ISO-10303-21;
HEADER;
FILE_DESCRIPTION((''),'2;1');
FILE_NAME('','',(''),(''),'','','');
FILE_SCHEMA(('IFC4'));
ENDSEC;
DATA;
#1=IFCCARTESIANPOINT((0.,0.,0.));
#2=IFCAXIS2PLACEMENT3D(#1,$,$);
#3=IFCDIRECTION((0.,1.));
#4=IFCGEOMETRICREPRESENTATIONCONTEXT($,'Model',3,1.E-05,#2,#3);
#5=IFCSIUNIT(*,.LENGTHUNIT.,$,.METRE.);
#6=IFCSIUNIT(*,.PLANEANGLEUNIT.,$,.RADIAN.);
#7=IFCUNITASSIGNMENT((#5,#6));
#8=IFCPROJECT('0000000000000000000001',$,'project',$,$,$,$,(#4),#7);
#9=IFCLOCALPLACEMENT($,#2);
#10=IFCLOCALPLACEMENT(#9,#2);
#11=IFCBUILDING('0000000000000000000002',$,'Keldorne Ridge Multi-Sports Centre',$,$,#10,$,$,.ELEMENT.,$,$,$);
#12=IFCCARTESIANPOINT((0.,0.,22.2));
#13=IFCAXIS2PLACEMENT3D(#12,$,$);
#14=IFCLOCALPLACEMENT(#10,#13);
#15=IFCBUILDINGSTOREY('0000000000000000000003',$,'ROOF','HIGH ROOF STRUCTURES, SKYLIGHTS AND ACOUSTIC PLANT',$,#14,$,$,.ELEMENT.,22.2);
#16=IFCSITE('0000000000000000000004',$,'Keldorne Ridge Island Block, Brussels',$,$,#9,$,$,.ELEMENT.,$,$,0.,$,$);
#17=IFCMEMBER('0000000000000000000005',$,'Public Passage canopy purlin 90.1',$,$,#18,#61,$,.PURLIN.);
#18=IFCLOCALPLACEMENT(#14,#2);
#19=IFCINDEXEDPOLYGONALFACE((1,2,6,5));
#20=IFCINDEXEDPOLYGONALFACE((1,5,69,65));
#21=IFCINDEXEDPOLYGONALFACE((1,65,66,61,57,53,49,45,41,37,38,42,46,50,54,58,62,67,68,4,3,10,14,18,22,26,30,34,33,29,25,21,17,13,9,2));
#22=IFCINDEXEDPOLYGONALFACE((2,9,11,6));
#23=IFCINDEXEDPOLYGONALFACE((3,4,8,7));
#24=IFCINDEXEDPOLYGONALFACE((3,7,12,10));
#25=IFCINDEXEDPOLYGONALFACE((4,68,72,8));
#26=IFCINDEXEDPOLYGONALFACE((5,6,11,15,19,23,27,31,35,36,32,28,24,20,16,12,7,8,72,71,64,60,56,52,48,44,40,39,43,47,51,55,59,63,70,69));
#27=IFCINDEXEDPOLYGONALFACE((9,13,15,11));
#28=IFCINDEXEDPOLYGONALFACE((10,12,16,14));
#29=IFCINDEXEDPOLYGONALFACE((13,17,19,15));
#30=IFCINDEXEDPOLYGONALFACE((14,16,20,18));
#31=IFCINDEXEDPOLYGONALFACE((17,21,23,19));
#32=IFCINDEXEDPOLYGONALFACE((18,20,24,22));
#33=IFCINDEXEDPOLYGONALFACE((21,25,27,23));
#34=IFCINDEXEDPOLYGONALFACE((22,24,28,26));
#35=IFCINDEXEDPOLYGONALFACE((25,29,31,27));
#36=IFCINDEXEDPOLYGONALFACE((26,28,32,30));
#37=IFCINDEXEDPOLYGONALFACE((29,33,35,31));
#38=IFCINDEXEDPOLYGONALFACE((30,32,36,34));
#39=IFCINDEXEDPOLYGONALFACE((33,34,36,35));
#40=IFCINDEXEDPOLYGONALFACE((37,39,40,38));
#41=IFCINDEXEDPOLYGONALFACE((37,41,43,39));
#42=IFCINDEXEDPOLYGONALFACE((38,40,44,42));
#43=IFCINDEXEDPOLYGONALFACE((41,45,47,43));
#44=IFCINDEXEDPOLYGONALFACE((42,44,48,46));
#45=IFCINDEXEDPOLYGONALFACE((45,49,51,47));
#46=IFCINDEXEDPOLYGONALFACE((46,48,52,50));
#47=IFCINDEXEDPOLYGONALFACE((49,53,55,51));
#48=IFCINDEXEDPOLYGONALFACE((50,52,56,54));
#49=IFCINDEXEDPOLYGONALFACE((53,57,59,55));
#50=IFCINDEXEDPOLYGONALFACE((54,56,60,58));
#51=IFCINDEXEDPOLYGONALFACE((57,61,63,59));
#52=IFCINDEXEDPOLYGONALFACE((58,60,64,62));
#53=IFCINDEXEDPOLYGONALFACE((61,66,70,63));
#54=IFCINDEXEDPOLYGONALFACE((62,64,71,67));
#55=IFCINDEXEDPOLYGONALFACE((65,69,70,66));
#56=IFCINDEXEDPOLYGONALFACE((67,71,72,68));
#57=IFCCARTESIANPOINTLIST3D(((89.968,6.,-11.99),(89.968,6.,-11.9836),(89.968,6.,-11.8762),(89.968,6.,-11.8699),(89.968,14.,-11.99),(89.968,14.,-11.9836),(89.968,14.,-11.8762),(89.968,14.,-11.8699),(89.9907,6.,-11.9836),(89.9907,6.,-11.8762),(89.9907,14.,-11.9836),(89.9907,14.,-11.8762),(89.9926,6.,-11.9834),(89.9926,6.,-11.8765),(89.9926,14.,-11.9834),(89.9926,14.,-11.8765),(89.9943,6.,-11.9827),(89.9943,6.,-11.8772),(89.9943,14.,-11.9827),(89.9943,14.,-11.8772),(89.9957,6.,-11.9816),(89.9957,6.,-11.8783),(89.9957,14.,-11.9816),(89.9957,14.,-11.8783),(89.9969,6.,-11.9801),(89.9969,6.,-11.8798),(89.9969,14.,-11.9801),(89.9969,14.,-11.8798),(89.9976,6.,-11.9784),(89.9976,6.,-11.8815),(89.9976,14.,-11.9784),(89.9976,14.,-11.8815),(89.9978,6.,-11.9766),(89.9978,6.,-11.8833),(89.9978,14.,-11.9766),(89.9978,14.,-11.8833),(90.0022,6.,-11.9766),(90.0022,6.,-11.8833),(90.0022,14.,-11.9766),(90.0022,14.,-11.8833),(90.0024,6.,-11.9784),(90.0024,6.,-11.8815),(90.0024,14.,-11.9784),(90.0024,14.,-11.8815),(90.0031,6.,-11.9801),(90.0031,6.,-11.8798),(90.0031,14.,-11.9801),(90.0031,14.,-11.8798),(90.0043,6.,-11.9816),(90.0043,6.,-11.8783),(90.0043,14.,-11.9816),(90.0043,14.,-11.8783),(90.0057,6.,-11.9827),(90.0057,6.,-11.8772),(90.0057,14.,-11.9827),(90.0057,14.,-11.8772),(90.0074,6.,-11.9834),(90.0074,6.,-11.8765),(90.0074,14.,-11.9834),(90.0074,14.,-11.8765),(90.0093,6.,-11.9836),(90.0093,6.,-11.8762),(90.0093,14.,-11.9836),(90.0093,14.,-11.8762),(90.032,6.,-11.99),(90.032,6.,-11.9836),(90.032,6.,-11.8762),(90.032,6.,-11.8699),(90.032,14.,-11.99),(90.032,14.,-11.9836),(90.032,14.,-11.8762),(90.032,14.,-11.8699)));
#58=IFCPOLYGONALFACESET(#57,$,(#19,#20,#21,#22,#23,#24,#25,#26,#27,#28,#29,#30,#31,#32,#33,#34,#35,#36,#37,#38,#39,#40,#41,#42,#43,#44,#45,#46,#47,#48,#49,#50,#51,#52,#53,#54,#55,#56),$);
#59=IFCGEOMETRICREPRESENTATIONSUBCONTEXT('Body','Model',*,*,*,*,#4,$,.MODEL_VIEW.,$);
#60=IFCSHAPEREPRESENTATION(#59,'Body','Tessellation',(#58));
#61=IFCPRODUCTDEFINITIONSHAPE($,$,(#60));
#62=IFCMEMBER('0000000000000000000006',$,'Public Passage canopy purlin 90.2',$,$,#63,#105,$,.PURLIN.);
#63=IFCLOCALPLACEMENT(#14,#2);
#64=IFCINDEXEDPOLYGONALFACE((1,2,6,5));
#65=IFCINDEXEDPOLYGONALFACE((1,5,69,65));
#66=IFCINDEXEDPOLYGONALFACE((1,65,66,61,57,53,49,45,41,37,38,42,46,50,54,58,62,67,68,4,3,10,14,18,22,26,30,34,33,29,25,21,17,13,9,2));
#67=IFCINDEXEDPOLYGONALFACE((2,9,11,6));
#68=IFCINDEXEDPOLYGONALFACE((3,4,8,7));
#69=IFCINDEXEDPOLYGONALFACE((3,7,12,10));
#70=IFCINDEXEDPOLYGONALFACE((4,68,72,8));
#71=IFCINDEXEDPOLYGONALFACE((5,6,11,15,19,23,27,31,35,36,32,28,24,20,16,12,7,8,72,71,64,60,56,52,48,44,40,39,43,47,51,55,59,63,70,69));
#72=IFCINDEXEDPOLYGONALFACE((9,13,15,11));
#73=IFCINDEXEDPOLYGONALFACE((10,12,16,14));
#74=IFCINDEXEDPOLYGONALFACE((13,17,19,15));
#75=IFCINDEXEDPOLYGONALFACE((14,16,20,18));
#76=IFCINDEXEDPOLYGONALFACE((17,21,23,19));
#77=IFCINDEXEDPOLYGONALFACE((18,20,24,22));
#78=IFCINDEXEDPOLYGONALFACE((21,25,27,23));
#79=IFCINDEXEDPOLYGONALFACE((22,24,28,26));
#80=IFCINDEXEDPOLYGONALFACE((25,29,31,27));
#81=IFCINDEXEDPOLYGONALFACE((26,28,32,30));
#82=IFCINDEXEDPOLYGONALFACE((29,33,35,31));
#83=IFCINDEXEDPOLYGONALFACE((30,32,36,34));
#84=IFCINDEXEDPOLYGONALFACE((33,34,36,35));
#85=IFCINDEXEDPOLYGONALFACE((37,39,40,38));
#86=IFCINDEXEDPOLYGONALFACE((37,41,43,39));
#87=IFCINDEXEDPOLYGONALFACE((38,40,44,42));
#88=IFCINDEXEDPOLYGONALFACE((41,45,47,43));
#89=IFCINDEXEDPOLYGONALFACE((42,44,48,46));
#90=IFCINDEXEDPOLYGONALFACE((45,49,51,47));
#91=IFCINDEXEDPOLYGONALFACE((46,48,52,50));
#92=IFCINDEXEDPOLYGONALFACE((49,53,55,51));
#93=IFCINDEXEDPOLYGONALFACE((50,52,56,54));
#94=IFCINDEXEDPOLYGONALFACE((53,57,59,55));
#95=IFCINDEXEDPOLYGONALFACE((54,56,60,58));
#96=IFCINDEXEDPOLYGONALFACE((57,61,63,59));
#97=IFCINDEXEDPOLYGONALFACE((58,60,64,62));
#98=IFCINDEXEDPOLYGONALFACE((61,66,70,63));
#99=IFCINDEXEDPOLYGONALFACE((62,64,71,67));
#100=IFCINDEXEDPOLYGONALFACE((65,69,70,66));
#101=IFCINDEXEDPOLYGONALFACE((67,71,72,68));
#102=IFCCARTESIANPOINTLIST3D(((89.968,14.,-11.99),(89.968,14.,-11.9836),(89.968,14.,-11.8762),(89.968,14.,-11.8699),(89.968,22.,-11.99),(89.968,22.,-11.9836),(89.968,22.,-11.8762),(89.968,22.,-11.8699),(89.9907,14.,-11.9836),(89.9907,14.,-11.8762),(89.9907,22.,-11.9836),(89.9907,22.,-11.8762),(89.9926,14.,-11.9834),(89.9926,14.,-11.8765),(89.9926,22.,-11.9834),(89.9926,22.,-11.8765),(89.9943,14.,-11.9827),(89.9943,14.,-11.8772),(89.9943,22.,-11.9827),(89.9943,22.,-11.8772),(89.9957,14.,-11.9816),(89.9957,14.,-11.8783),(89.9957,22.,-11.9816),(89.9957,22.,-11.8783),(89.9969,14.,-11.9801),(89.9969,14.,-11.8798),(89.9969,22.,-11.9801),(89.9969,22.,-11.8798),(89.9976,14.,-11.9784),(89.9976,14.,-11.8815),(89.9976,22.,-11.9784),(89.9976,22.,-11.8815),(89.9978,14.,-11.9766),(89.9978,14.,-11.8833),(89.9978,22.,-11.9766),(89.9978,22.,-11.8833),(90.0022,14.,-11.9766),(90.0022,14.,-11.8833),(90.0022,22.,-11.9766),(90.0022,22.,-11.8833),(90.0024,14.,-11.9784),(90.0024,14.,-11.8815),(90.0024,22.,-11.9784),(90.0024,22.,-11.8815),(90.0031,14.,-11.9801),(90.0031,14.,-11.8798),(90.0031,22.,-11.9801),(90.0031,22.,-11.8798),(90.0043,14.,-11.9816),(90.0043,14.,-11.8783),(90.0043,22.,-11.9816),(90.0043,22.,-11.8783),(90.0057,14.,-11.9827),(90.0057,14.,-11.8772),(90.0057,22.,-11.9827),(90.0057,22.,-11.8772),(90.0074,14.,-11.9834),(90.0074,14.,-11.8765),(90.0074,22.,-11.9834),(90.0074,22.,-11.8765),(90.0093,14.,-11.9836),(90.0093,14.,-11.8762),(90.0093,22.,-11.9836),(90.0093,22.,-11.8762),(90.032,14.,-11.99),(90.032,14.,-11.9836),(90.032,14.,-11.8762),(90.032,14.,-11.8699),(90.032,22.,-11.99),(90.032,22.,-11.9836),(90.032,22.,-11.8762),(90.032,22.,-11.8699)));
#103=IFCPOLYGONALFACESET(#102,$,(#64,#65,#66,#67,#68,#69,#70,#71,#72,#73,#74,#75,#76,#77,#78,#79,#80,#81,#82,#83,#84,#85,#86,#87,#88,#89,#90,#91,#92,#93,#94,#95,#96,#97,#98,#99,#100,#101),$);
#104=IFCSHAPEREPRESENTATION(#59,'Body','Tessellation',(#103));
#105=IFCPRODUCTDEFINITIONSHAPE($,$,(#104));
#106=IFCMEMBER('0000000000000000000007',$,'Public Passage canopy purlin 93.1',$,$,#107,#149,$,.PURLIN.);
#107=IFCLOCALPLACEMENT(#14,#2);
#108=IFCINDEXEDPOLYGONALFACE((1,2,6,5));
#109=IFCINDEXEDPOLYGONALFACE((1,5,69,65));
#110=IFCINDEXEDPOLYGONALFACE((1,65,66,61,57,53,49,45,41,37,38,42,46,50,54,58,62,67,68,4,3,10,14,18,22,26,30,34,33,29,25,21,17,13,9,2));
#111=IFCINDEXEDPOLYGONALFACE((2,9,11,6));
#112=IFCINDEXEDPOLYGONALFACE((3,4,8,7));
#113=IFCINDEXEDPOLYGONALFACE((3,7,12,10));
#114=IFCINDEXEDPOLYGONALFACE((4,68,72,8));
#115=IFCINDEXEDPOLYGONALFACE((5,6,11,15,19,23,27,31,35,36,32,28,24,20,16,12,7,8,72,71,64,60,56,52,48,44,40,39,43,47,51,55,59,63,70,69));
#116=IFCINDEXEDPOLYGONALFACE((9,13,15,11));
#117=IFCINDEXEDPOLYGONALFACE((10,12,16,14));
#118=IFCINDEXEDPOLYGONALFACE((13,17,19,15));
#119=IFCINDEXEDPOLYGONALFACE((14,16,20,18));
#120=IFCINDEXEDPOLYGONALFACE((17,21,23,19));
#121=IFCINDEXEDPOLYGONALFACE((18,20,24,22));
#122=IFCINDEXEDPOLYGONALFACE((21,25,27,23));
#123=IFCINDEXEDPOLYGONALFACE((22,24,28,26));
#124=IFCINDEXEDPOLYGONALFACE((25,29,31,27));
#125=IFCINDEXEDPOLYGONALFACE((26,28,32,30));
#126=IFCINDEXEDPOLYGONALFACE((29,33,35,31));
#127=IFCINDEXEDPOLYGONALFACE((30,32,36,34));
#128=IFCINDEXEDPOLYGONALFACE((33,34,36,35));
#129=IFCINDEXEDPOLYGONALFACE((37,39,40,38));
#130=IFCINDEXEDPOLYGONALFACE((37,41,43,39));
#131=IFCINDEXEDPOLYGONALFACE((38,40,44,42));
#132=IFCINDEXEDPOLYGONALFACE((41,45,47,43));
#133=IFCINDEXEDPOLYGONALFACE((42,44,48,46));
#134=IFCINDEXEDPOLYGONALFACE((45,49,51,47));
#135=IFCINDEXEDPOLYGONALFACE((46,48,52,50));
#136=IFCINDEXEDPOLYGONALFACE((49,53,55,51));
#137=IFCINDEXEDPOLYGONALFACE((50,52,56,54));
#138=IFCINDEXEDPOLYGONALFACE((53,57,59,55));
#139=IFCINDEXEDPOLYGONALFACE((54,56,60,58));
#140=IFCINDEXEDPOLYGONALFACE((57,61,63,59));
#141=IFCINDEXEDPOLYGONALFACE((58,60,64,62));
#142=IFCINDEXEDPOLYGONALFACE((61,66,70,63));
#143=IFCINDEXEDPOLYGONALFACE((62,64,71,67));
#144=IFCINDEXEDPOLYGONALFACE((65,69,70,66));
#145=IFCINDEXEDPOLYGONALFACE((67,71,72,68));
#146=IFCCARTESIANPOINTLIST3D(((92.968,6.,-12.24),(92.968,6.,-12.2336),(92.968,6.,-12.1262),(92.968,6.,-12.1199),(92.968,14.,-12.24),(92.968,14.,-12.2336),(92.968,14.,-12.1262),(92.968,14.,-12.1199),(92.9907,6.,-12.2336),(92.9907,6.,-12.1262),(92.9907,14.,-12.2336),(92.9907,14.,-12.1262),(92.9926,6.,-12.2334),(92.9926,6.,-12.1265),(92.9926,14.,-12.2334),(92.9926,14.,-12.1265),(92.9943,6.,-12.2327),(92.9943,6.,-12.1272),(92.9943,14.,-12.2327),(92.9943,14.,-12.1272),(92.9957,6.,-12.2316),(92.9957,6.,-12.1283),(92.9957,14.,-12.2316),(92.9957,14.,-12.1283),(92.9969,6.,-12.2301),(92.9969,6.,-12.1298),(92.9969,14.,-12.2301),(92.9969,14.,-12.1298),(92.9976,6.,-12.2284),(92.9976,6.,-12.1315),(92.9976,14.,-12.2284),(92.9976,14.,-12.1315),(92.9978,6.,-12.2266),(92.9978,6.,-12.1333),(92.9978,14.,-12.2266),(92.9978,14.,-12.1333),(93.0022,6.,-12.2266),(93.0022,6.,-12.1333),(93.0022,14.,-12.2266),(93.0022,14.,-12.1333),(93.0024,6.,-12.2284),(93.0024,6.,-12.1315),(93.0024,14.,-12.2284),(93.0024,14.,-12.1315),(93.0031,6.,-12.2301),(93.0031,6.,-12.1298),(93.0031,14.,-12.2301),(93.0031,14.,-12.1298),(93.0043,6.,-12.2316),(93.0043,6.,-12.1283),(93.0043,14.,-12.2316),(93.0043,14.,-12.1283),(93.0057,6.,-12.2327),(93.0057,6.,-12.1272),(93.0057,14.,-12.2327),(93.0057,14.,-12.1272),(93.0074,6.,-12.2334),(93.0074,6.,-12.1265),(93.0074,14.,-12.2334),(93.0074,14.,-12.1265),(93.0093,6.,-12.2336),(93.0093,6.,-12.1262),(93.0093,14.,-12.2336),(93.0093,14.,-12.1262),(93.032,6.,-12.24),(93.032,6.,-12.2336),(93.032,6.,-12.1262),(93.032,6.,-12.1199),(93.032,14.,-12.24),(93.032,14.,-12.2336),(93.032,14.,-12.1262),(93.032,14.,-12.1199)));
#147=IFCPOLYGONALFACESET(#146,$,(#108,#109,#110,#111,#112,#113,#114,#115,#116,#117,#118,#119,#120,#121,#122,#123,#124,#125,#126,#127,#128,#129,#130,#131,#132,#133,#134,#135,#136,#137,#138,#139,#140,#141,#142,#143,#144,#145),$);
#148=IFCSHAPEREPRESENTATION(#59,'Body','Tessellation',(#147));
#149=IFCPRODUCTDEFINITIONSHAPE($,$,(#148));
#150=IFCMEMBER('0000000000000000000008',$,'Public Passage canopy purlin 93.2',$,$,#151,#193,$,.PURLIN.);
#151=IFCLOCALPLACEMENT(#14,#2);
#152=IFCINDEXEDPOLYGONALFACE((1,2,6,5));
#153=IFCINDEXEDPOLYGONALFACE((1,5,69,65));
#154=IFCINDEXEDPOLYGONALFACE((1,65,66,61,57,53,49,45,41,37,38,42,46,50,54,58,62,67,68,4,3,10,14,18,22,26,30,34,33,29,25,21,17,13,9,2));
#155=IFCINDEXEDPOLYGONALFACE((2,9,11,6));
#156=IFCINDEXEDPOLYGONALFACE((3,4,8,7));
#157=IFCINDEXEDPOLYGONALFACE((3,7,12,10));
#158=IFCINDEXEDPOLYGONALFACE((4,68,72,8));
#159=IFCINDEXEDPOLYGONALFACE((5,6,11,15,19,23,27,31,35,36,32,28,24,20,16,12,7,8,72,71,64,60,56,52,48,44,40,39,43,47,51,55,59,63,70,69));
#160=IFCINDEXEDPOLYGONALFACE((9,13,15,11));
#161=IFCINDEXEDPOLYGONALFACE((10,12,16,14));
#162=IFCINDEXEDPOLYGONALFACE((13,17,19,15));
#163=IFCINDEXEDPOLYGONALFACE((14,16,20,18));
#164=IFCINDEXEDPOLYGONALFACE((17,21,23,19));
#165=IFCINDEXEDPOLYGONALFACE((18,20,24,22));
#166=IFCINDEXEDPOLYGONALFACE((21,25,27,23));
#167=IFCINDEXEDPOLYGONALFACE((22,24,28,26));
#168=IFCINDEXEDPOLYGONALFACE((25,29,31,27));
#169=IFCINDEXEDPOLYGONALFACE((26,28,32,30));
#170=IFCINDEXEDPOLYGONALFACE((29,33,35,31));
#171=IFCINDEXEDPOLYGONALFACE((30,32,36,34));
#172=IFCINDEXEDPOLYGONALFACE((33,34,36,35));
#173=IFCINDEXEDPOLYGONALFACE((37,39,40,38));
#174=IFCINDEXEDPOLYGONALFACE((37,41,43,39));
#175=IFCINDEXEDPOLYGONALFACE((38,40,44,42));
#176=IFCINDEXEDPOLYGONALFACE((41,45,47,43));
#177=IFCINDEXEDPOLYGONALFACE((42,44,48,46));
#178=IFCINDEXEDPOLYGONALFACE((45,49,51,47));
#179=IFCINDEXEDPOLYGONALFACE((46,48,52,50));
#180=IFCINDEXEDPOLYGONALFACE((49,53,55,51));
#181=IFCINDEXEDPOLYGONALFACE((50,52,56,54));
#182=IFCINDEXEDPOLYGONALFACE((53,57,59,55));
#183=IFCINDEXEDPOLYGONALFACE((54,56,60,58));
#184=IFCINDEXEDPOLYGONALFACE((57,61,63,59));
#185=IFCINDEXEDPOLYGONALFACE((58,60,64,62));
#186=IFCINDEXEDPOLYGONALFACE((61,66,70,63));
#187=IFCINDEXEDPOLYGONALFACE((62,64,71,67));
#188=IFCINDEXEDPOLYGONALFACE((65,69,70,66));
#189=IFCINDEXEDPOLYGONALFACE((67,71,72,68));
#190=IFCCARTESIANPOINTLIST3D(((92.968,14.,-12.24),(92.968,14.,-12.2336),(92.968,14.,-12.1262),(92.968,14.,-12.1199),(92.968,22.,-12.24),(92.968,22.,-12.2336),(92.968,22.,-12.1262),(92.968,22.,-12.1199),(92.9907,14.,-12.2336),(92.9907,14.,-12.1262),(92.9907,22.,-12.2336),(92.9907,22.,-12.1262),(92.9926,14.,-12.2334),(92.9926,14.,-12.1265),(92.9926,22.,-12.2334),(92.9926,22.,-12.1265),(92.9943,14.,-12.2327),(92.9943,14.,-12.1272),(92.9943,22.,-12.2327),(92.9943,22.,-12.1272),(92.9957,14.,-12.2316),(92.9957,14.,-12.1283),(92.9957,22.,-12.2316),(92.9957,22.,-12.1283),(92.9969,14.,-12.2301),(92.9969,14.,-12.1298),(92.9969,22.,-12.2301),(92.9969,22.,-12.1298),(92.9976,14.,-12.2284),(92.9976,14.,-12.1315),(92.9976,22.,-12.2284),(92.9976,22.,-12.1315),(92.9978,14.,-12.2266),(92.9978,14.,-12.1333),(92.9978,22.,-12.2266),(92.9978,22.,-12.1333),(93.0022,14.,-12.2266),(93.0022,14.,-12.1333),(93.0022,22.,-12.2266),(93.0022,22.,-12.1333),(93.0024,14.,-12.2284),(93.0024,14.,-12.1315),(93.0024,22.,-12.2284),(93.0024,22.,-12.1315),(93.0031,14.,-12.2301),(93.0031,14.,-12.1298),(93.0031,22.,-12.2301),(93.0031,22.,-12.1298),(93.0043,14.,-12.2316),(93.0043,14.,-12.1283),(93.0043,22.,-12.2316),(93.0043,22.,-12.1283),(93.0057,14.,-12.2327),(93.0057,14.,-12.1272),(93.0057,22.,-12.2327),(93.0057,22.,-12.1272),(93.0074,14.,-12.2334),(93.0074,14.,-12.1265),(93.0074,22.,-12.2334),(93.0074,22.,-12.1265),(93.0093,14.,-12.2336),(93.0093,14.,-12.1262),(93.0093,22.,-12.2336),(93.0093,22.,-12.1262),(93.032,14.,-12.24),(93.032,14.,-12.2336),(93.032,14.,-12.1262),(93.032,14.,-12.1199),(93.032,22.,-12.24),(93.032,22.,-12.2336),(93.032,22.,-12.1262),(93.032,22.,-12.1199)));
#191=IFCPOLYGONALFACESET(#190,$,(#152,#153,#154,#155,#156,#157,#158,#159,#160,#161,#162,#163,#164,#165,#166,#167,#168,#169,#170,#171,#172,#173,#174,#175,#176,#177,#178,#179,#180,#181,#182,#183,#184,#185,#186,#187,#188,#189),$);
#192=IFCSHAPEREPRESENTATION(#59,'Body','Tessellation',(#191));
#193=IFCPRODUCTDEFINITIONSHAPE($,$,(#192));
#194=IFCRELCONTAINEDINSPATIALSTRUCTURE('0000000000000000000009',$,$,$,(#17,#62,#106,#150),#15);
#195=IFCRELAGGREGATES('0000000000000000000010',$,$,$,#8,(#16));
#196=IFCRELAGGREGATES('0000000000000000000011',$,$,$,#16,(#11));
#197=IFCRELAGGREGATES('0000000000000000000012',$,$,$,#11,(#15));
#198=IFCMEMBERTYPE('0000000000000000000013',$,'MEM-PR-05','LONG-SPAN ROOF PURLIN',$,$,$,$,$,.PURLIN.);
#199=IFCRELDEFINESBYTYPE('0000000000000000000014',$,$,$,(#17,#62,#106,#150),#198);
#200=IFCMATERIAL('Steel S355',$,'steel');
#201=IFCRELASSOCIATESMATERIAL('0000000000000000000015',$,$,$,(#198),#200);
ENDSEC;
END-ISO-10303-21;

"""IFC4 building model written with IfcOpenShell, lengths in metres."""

from ifc_helpers import new_model, si_unit, direction, frame, origin, origin_2d, place, context, subcontext, project, spatial, i_section, extrude, material, material_profile, profile_set, type_object, element, save


model = new_model("IFC4")

# Units and contexts
model_context = context("Model", 3, precision=1e-05, world=origin(), true_north=direction((0.0, 1.0)))
body_context = subcontext(model_context, "Body", "Model", "MODEL_VIEW")
ifc_project = project(units=[si_unit("LENGTHUNIT", "METRE"), si_unit("PLANEANGLEUNIT", "RADIAN")], contexts=[model_context])

# Site, building, storey
site_placement = place(None, origin())
site = spatial("IfcSite", under=ifc_project, at=site_placement, Name="Keldorne Ridge Island Block, Brussels", CompositionType="ELEMENT", RefElevation=0.0)
building_placement = place(site_placement, origin())
building = spatial("IfcBuilding", under=site, at=building_placement, Name="Keldorne Ridge Multi-Sports Centre", CompositionType="ELEMENT")
storey_placement = place(building_placement, frame((0.0, 0.0, 22.2)))
storey = spatial("IfcBuildingStorey", under=building, at=storey_placement, Name="ROOF", Description="HIGH ROOF STRUCTURES, SKYLIGHTS AND ACOUSTIC PLANT", CompositionType="ELEMENT", Elevation=22.2)

# Members
ifc_material = material(Name="Steel S355", Category="steel")
ifc_material_profile_1 = material_profile(ifc_material, i_section(OverallWidth=0.064, OverallDepth=0.1201, WebThickness=0.0044, FlangeThickness=0.0063, FilletRadius=0.0071, at=origin_2d()), Name="IPE 120")
ifc_profile_set_1 = profile_set([ifc_material_profile_1], Name="Steel S355")
member_type_1 = type_object("IfcMemberType", Name="MEM-PR-05", Description="LONG-SPAN ROOF PURLIN", PredefinedType="PURLIN", material=ifc_profile_set_1)
for number, where, z_axis, x_axis, name in (
    (1, (90.0, 6.0, -11.9299), (0.0, 1.0, 0.0), (-1.0, 0.0, 0.0), "Public Passage canopy purlin 90.1"),
    (2, (90.0, 14.0, -11.9299), (0.0, 1.0, 0.0), (-1.0, 0.0, 0.0), "Public Passage canopy purlin 90.2"),
    (3, (93.0, 6.0, -12.1799), (0.0, 1.0, 0.0), (-1.0, 0.0, 0.0), "Public Passage canopy purlin 93.1"),
    (4, (93.0, 14.0, -12.1799), (0.0, 1.0, 0.0), (-1.0, 0.0, 0.0), "Public Passage canopy purlin 93.2"),
):
    element("IfcMember", number, at=place(storey_placement, frame(where, z_axis=z_axis, x_axis=x_axis)), inside=storey, type_object=member_type_1, Name=name, PredefinedType="PURLIN", context=body_context, shape_type="SweptSolid", body=[
        extrude(i_section(OverallWidth=0.064, OverallDepth=0.1201, WebThickness=0.0044, FlangeThickness=0.0063, FilletRadius=0.0071, at=origin_2d()), origin(), (0.0, 0.0, 1.0), 8.0),
    ])

save(model, "model.ifc")
